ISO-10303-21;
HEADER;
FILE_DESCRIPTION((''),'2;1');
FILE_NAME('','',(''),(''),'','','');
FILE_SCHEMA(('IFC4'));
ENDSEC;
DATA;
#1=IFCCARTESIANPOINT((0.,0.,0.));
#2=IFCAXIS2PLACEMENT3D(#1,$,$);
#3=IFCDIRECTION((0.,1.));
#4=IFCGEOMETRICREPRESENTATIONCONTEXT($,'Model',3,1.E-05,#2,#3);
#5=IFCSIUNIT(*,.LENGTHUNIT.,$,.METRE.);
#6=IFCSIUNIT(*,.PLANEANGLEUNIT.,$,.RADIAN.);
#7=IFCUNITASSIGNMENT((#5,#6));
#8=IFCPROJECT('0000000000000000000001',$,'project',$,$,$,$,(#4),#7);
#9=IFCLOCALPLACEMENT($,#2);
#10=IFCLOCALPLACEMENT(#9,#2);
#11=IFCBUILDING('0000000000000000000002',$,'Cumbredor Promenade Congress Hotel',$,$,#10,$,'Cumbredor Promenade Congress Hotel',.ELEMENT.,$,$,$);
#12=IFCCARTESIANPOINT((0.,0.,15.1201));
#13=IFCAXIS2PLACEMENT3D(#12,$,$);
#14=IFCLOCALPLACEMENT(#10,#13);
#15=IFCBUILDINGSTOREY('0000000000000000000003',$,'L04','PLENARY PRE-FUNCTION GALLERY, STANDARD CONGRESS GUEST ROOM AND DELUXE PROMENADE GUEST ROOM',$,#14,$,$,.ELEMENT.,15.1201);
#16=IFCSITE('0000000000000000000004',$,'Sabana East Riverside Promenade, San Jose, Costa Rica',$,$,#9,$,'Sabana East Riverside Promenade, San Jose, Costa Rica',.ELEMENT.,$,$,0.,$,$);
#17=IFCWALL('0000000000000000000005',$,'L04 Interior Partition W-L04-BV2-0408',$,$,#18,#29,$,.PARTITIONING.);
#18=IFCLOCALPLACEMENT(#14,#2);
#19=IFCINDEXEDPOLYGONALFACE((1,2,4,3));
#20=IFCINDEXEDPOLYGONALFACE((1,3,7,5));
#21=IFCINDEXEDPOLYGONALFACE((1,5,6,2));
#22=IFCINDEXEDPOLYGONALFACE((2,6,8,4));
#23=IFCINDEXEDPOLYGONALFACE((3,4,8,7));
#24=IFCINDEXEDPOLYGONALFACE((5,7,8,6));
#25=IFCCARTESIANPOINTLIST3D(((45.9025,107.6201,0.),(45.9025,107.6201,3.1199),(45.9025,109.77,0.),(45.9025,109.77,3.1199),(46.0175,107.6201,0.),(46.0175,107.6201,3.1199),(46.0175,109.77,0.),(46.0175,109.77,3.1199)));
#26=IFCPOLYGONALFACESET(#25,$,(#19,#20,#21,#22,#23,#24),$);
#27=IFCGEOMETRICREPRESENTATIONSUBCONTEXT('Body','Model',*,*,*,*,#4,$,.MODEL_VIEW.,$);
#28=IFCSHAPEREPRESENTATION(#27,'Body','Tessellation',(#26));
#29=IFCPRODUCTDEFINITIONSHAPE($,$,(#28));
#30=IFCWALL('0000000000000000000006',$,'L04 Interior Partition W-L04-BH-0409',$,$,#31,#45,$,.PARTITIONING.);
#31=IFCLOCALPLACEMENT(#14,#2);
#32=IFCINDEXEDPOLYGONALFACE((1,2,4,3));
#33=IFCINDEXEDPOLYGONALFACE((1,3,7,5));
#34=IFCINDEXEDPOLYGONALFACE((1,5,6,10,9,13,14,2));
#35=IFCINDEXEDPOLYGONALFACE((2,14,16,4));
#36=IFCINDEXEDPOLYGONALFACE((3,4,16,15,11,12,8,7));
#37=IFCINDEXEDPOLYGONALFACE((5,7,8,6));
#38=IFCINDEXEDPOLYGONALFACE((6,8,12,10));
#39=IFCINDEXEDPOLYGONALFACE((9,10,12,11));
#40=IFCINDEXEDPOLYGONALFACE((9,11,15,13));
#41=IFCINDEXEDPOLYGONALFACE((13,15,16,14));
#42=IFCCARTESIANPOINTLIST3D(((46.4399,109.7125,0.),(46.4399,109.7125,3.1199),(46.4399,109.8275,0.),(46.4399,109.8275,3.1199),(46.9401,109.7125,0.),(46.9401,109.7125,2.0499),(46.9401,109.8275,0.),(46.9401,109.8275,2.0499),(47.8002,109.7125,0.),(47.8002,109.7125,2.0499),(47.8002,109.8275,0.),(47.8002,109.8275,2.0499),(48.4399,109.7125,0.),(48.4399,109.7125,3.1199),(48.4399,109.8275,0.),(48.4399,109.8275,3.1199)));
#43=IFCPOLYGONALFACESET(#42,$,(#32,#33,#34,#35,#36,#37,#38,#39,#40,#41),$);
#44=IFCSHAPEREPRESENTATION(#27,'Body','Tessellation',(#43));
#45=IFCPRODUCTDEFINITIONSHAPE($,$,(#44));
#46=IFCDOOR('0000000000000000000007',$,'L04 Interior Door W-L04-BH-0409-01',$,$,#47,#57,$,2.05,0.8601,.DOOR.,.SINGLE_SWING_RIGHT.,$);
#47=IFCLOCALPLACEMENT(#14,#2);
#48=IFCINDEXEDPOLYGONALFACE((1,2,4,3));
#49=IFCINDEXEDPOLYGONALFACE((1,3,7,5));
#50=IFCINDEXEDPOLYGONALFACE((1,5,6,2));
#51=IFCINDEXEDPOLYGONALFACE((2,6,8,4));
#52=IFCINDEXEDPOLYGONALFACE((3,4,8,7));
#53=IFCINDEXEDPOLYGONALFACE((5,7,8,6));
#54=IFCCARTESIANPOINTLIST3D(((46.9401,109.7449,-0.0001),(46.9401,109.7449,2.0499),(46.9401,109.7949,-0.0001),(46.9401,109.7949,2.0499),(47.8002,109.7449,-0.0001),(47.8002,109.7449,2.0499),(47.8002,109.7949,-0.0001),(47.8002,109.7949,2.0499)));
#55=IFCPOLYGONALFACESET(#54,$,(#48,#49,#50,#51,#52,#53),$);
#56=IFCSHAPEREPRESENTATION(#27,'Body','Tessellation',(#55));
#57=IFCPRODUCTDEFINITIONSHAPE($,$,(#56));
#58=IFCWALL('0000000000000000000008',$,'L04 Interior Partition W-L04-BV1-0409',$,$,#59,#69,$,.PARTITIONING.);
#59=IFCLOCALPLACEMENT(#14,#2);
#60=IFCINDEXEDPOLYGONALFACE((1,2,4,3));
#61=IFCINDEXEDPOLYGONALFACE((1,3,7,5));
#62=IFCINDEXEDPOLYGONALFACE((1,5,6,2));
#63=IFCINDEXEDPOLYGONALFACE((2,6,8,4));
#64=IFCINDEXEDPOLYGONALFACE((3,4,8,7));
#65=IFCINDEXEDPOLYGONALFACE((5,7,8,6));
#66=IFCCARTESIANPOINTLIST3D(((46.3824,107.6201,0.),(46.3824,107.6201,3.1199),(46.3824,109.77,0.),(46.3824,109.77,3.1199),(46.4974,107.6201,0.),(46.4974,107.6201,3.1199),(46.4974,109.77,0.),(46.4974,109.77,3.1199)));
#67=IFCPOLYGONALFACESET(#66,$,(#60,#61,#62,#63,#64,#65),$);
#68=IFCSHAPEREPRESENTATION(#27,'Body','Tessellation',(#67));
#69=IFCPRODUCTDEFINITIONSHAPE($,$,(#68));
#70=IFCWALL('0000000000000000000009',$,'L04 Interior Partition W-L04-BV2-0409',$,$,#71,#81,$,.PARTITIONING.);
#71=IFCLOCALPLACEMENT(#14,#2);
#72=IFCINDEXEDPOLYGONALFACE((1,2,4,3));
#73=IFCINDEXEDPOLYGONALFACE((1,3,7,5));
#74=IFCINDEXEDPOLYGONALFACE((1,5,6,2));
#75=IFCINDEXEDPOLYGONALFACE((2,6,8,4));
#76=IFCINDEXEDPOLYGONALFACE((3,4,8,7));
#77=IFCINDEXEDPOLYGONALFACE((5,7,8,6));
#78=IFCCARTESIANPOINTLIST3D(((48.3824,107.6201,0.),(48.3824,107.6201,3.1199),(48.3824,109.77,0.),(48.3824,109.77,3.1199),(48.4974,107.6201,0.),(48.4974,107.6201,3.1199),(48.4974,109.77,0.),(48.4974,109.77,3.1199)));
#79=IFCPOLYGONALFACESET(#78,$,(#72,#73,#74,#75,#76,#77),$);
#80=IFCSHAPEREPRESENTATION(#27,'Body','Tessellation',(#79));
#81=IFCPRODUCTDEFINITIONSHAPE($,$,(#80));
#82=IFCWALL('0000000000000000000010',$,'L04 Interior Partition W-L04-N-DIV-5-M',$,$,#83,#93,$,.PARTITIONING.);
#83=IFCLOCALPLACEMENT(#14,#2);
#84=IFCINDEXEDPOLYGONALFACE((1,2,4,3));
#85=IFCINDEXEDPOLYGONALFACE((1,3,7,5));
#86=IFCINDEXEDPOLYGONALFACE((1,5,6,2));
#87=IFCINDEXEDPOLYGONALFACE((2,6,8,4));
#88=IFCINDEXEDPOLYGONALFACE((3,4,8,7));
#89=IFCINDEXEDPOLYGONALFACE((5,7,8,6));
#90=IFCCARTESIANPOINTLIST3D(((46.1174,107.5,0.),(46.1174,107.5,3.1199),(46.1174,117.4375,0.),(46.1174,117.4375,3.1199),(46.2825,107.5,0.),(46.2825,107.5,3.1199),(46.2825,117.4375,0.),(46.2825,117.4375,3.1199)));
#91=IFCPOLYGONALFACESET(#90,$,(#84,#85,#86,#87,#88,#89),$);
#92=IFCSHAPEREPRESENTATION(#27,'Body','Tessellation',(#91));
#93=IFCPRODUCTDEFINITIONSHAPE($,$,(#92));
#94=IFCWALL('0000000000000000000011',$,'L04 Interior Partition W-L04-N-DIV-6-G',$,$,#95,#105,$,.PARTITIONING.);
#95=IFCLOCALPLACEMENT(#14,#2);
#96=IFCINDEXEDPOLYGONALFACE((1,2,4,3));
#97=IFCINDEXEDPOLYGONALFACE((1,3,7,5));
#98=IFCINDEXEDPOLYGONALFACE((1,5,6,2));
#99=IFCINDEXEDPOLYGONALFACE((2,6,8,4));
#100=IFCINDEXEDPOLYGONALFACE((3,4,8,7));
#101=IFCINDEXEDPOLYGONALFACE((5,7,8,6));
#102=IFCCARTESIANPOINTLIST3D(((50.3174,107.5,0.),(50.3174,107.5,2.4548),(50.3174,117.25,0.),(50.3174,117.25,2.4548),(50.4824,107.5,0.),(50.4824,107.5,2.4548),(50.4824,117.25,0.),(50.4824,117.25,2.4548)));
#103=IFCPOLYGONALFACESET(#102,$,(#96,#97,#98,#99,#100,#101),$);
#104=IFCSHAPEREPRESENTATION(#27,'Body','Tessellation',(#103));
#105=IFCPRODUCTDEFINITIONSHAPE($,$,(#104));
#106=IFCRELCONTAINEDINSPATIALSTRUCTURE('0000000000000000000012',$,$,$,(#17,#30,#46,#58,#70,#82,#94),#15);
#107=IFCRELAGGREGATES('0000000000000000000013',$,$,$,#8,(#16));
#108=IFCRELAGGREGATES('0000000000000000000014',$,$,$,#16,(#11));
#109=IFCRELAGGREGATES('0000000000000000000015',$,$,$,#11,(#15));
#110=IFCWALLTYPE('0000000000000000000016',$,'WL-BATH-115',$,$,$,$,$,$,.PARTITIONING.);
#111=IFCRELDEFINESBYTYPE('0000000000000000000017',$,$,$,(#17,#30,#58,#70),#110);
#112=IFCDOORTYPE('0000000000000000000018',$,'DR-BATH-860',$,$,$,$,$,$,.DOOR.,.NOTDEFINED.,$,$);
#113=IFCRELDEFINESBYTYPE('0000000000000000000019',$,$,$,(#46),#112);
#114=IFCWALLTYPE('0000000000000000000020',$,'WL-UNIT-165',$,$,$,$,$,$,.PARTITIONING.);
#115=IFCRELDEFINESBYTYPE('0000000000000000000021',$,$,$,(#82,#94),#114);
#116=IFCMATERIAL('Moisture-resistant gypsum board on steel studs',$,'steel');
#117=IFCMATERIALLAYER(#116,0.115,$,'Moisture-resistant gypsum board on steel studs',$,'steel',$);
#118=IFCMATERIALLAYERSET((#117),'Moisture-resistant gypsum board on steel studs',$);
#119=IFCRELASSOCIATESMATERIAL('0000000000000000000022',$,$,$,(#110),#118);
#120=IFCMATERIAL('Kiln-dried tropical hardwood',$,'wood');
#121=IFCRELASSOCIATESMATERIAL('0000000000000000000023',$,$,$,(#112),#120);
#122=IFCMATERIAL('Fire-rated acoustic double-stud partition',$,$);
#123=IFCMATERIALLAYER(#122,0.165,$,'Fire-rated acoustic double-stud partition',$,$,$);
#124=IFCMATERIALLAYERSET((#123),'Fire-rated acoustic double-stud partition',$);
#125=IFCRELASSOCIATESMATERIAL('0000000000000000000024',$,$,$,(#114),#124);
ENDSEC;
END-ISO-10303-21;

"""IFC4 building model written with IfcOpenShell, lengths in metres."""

from ifc_helpers import new_model, si_unit, direction, frame, frame_2d, origin, place, context, subcontext, project, spatial, rectangle, extrude, material, layer, layer_set, type_object, element, fill, save


model = new_model("IFC4")

# Units and contexts
model_context = context("Model", 3, precision=1e-05, world=origin(), true_north=direction((0.0, 1.0)))
body_context = subcontext(model_context, "Body", "Model", "MODEL_VIEW")
ifc_project = project(units=[si_unit("LENGTHUNIT", "METRE"), si_unit("PLANEANGLEUNIT", "RADIAN")], contexts=[model_context])

# Site, building, storey
site_placement = place(None, origin())
site = spatial("IfcSite", under=ifc_project, at=site_placement, Name="Sabana East Riverside Promenade, San Jose, Costa Rica", LongName="Sabana East Riverside Promenade, San Jose, Costa Rica", CompositionType="ELEMENT", RefElevation=0.0)
building_placement = place(site_placement, origin())
building = spatial("IfcBuilding", under=site, at=building_placement, Name="Cumbredor Promenade Congress Hotel", LongName="Cumbredor Promenade Congress Hotel", CompositionType="ELEMENT")
storey_placement = place(building_placement, frame((0.0, 0.0, 15.1201)))
storey = spatial("IfcBuildingStorey", under=building, at=storey_placement, Name="L04", Description="PLENARY PRE-FUNCTION GALLERY, STANDARD CONGRESS GUEST ROOM AND DELUXE PROMENADE GUEST ROOM", CompositionType="ELEMENT", Elevation=15.1201)

# Shared definitions
ifc_material_1 = material(Name="Kiln-dried tropical hardwood", Category="wood")

# Shared definitions
ifc_material_2 = material(Name="Moisture-resistant gypsum board on steel studs", Category="steel")
ifc_layer_1 = layer(ifc_material_2, 0.115, Name="Moisture-resistant gypsum board on steel studs", Category="steel")
ifc_layer_set_1 = layer_set([ifc_layer_1], Name="Moisture-resistant gypsum board on steel studs")
wall_type_1 = type_object("IfcWallType", Name="WL-BATH-115", PredefinedType="PARTITIONING", material=ifc_layer_set_1)
door_type = type_object("IfcDoorType", Name="DR-BATH-860", OperationType="NOTDEFINED", PredefinedType="DOOR", material=ifc_material_1)

# Wall
for number, where, z_axis, x_axis, name in (
    (1, (45.96, 107.6201, 0.0), (0.0, 0.0, 1.0), (0.0, 1.0, 0.0), "L04 Interior Partition W-L04-BV2-0408"),
):
    element("IfcWall", number, at=place(storey_placement, frame(where, z_axis=z_axis, x_axis=x_axis)), inside=storey, type_object=wall_type_1, Name=name, PredefinedType="PARTITIONING", context=body_context, shape_type="SweptSolid", body=[
        extrude(rectangle(XDim=2.1499, YDim=0.115, at=frame_2d((1.075, 0.0))), origin(), (0.0, 0.0, 1.0), 3.1199),
    ])

# Wall, opening, door
wall_1_placement = place(storey_placement, frame((46.4399, 109.77, 0.0), z_axis=(0.0, 0.0, 1.0), x_axis=(1.0, 0.0, 0.0)))
wall_1 = element("IfcWall", 2, at=wall_1_placement, inside=storey, type_object=wall_type_1, Name="L04 Interior Partition W-L04-BH-0409", PredefinedType="PARTITIONING", context=body_context, shape_type="SweptSolid", body=[
    extrude(rectangle(XDim=2.0, YDim=0.115, at=frame_2d((1.0, 0.0))), origin(), (0.0, 0.0, 1.0), 3.1199),
])
opening_1_placement = place(wall_1_placement, frame((0.5, 0.0, 0.0)))
opening_1 = element("IfcOpeningElement", 3, at=opening_1_placement, cuts=wall_1, PredefinedType="OPENING", context=body_context, shape_type="SweptSolid", body=[
    extrude(rectangle(XDim=0.8601, YDim=2.05, at=frame_2d((0.4302, 1.0249))), frame((0.0, 0.0674, 0.0), z_axis=(0.0, -1.0, 0.0), x_axis=(1.0, 0.0, 0.0)), (0.0, 0.0, 1.0), 0.135),
])
door_1_placement = place(opening_1_placement, origin())
door_1 = element("IfcDoor", 4, at=door_1_placement, inside=storey, type_object=door_type, Name="L04 Interior Door W-L04-BH-0409-01", OperationType="SINGLE_SWING_RIGHT", OverallHeight=2.05, OverallWidth=0.8601, PredefinedType="DOOR", context=body_context, shape_type="SweptSolid", body=[
    extrude(rectangle(XDim=0.8601, YDim=2.05, at=frame_2d((0.4302, 1.0249))), frame((0.0, 0.0249, 0.0), z_axis=(0.0, -1.0, 0.0), x_axis=(1.0, 0.0, 0.0)), (0.0, 0.0, 1.0), 0.05),
])
fill(opening_1, door_1)

# Walls
for number, where, z_axis, x_axis, name in (
    (5, (46.4399, 107.6201, 0.0), (0.0, 0.0, 1.0), (0.0, 1.0, 0.0), "L04 Interior Partition W-L04-BV1-0409"),
    (6, (48.4399, 107.6201, 0.0), (0.0, 0.0, 1.0), (0.0, 1.0, 0.0), "L04 Interior Partition W-L04-BV2-0409"),
):
    element("IfcWall", number, at=place(storey_placement, frame(where, z_axis=z_axis, x_axis=x_axis)), inside=storey, type_object=wall_type_1, Name=name, PredefinedType="PARTITIONING", context=body_context, shape_type="SweptSolid", body=[
        extrude(rectangle(XDim=2.1499, YDim=0.115, at=frame_2d((1.075, 0.0))), origin(), (0.0, 0.0, 1.0), 3.1199),
    ])
ifc_material_3 = material(Name="Fire-rated acoustic double-stud partition")
ifc_layer_2 = layer(ifc_material_3, 0.165, Name="Fire-rated acoustic double-stud partition")
ifc_layer_set_2 = layer_set([ifc_layer_2], Name="Fire-rated acoustic double-stud partition")
wall_type_2 = type_object("IfcWallType", Name="WL-UNIT-165", PredefinedType="PARTITIONING", material=ifc_layer_set_2)
wall_2_placement = place(storey_placement, frame((46.2, 107.5, 0.0), z_axis=(0.0, 0.0, 1.0), x_axis=(0.0, 1.0, 0.0)))
element("IfcWall", 7, at=wall_2_placement, inside=storey, type_object=wall_type_2, Name="L04 Interior Partition W-L04-N-DIV-5-M", PredefinedType="PARTITIONING", context=body_context, shape_type="SweptSolid", body=[
    extrude(rectangle(XDim=9.9375, YDim=0.165, at=frame_2d((4.9688, 0.0))), origin(), (0.0, 0.0, 1.0), 3.1199),
])
wall_3_placement = place(storey_placement, frame((50.3999, 107.5, 0.0), z_axis=(0.0, 0.0, 1.0), x_axis=(0.0, 1.0, 0.0)))
element("IfcWall", 8, at=wall_3_placement, inside=storey, type_object=wall_type_2, Name="L04 Interior Partition W-L04-N-DIV-6-G", PredefinedType="PARTITIONING", context=body_context, shape_type="SweptSolid", body=[
    extrude(rectangle(XDim=9.75, YDim=0.165, at=frame_2d((4.875, 0.0))), origin(), (0.0, 0.0, 1.0), 2.4548),
])

save(model, "model.ifc")
